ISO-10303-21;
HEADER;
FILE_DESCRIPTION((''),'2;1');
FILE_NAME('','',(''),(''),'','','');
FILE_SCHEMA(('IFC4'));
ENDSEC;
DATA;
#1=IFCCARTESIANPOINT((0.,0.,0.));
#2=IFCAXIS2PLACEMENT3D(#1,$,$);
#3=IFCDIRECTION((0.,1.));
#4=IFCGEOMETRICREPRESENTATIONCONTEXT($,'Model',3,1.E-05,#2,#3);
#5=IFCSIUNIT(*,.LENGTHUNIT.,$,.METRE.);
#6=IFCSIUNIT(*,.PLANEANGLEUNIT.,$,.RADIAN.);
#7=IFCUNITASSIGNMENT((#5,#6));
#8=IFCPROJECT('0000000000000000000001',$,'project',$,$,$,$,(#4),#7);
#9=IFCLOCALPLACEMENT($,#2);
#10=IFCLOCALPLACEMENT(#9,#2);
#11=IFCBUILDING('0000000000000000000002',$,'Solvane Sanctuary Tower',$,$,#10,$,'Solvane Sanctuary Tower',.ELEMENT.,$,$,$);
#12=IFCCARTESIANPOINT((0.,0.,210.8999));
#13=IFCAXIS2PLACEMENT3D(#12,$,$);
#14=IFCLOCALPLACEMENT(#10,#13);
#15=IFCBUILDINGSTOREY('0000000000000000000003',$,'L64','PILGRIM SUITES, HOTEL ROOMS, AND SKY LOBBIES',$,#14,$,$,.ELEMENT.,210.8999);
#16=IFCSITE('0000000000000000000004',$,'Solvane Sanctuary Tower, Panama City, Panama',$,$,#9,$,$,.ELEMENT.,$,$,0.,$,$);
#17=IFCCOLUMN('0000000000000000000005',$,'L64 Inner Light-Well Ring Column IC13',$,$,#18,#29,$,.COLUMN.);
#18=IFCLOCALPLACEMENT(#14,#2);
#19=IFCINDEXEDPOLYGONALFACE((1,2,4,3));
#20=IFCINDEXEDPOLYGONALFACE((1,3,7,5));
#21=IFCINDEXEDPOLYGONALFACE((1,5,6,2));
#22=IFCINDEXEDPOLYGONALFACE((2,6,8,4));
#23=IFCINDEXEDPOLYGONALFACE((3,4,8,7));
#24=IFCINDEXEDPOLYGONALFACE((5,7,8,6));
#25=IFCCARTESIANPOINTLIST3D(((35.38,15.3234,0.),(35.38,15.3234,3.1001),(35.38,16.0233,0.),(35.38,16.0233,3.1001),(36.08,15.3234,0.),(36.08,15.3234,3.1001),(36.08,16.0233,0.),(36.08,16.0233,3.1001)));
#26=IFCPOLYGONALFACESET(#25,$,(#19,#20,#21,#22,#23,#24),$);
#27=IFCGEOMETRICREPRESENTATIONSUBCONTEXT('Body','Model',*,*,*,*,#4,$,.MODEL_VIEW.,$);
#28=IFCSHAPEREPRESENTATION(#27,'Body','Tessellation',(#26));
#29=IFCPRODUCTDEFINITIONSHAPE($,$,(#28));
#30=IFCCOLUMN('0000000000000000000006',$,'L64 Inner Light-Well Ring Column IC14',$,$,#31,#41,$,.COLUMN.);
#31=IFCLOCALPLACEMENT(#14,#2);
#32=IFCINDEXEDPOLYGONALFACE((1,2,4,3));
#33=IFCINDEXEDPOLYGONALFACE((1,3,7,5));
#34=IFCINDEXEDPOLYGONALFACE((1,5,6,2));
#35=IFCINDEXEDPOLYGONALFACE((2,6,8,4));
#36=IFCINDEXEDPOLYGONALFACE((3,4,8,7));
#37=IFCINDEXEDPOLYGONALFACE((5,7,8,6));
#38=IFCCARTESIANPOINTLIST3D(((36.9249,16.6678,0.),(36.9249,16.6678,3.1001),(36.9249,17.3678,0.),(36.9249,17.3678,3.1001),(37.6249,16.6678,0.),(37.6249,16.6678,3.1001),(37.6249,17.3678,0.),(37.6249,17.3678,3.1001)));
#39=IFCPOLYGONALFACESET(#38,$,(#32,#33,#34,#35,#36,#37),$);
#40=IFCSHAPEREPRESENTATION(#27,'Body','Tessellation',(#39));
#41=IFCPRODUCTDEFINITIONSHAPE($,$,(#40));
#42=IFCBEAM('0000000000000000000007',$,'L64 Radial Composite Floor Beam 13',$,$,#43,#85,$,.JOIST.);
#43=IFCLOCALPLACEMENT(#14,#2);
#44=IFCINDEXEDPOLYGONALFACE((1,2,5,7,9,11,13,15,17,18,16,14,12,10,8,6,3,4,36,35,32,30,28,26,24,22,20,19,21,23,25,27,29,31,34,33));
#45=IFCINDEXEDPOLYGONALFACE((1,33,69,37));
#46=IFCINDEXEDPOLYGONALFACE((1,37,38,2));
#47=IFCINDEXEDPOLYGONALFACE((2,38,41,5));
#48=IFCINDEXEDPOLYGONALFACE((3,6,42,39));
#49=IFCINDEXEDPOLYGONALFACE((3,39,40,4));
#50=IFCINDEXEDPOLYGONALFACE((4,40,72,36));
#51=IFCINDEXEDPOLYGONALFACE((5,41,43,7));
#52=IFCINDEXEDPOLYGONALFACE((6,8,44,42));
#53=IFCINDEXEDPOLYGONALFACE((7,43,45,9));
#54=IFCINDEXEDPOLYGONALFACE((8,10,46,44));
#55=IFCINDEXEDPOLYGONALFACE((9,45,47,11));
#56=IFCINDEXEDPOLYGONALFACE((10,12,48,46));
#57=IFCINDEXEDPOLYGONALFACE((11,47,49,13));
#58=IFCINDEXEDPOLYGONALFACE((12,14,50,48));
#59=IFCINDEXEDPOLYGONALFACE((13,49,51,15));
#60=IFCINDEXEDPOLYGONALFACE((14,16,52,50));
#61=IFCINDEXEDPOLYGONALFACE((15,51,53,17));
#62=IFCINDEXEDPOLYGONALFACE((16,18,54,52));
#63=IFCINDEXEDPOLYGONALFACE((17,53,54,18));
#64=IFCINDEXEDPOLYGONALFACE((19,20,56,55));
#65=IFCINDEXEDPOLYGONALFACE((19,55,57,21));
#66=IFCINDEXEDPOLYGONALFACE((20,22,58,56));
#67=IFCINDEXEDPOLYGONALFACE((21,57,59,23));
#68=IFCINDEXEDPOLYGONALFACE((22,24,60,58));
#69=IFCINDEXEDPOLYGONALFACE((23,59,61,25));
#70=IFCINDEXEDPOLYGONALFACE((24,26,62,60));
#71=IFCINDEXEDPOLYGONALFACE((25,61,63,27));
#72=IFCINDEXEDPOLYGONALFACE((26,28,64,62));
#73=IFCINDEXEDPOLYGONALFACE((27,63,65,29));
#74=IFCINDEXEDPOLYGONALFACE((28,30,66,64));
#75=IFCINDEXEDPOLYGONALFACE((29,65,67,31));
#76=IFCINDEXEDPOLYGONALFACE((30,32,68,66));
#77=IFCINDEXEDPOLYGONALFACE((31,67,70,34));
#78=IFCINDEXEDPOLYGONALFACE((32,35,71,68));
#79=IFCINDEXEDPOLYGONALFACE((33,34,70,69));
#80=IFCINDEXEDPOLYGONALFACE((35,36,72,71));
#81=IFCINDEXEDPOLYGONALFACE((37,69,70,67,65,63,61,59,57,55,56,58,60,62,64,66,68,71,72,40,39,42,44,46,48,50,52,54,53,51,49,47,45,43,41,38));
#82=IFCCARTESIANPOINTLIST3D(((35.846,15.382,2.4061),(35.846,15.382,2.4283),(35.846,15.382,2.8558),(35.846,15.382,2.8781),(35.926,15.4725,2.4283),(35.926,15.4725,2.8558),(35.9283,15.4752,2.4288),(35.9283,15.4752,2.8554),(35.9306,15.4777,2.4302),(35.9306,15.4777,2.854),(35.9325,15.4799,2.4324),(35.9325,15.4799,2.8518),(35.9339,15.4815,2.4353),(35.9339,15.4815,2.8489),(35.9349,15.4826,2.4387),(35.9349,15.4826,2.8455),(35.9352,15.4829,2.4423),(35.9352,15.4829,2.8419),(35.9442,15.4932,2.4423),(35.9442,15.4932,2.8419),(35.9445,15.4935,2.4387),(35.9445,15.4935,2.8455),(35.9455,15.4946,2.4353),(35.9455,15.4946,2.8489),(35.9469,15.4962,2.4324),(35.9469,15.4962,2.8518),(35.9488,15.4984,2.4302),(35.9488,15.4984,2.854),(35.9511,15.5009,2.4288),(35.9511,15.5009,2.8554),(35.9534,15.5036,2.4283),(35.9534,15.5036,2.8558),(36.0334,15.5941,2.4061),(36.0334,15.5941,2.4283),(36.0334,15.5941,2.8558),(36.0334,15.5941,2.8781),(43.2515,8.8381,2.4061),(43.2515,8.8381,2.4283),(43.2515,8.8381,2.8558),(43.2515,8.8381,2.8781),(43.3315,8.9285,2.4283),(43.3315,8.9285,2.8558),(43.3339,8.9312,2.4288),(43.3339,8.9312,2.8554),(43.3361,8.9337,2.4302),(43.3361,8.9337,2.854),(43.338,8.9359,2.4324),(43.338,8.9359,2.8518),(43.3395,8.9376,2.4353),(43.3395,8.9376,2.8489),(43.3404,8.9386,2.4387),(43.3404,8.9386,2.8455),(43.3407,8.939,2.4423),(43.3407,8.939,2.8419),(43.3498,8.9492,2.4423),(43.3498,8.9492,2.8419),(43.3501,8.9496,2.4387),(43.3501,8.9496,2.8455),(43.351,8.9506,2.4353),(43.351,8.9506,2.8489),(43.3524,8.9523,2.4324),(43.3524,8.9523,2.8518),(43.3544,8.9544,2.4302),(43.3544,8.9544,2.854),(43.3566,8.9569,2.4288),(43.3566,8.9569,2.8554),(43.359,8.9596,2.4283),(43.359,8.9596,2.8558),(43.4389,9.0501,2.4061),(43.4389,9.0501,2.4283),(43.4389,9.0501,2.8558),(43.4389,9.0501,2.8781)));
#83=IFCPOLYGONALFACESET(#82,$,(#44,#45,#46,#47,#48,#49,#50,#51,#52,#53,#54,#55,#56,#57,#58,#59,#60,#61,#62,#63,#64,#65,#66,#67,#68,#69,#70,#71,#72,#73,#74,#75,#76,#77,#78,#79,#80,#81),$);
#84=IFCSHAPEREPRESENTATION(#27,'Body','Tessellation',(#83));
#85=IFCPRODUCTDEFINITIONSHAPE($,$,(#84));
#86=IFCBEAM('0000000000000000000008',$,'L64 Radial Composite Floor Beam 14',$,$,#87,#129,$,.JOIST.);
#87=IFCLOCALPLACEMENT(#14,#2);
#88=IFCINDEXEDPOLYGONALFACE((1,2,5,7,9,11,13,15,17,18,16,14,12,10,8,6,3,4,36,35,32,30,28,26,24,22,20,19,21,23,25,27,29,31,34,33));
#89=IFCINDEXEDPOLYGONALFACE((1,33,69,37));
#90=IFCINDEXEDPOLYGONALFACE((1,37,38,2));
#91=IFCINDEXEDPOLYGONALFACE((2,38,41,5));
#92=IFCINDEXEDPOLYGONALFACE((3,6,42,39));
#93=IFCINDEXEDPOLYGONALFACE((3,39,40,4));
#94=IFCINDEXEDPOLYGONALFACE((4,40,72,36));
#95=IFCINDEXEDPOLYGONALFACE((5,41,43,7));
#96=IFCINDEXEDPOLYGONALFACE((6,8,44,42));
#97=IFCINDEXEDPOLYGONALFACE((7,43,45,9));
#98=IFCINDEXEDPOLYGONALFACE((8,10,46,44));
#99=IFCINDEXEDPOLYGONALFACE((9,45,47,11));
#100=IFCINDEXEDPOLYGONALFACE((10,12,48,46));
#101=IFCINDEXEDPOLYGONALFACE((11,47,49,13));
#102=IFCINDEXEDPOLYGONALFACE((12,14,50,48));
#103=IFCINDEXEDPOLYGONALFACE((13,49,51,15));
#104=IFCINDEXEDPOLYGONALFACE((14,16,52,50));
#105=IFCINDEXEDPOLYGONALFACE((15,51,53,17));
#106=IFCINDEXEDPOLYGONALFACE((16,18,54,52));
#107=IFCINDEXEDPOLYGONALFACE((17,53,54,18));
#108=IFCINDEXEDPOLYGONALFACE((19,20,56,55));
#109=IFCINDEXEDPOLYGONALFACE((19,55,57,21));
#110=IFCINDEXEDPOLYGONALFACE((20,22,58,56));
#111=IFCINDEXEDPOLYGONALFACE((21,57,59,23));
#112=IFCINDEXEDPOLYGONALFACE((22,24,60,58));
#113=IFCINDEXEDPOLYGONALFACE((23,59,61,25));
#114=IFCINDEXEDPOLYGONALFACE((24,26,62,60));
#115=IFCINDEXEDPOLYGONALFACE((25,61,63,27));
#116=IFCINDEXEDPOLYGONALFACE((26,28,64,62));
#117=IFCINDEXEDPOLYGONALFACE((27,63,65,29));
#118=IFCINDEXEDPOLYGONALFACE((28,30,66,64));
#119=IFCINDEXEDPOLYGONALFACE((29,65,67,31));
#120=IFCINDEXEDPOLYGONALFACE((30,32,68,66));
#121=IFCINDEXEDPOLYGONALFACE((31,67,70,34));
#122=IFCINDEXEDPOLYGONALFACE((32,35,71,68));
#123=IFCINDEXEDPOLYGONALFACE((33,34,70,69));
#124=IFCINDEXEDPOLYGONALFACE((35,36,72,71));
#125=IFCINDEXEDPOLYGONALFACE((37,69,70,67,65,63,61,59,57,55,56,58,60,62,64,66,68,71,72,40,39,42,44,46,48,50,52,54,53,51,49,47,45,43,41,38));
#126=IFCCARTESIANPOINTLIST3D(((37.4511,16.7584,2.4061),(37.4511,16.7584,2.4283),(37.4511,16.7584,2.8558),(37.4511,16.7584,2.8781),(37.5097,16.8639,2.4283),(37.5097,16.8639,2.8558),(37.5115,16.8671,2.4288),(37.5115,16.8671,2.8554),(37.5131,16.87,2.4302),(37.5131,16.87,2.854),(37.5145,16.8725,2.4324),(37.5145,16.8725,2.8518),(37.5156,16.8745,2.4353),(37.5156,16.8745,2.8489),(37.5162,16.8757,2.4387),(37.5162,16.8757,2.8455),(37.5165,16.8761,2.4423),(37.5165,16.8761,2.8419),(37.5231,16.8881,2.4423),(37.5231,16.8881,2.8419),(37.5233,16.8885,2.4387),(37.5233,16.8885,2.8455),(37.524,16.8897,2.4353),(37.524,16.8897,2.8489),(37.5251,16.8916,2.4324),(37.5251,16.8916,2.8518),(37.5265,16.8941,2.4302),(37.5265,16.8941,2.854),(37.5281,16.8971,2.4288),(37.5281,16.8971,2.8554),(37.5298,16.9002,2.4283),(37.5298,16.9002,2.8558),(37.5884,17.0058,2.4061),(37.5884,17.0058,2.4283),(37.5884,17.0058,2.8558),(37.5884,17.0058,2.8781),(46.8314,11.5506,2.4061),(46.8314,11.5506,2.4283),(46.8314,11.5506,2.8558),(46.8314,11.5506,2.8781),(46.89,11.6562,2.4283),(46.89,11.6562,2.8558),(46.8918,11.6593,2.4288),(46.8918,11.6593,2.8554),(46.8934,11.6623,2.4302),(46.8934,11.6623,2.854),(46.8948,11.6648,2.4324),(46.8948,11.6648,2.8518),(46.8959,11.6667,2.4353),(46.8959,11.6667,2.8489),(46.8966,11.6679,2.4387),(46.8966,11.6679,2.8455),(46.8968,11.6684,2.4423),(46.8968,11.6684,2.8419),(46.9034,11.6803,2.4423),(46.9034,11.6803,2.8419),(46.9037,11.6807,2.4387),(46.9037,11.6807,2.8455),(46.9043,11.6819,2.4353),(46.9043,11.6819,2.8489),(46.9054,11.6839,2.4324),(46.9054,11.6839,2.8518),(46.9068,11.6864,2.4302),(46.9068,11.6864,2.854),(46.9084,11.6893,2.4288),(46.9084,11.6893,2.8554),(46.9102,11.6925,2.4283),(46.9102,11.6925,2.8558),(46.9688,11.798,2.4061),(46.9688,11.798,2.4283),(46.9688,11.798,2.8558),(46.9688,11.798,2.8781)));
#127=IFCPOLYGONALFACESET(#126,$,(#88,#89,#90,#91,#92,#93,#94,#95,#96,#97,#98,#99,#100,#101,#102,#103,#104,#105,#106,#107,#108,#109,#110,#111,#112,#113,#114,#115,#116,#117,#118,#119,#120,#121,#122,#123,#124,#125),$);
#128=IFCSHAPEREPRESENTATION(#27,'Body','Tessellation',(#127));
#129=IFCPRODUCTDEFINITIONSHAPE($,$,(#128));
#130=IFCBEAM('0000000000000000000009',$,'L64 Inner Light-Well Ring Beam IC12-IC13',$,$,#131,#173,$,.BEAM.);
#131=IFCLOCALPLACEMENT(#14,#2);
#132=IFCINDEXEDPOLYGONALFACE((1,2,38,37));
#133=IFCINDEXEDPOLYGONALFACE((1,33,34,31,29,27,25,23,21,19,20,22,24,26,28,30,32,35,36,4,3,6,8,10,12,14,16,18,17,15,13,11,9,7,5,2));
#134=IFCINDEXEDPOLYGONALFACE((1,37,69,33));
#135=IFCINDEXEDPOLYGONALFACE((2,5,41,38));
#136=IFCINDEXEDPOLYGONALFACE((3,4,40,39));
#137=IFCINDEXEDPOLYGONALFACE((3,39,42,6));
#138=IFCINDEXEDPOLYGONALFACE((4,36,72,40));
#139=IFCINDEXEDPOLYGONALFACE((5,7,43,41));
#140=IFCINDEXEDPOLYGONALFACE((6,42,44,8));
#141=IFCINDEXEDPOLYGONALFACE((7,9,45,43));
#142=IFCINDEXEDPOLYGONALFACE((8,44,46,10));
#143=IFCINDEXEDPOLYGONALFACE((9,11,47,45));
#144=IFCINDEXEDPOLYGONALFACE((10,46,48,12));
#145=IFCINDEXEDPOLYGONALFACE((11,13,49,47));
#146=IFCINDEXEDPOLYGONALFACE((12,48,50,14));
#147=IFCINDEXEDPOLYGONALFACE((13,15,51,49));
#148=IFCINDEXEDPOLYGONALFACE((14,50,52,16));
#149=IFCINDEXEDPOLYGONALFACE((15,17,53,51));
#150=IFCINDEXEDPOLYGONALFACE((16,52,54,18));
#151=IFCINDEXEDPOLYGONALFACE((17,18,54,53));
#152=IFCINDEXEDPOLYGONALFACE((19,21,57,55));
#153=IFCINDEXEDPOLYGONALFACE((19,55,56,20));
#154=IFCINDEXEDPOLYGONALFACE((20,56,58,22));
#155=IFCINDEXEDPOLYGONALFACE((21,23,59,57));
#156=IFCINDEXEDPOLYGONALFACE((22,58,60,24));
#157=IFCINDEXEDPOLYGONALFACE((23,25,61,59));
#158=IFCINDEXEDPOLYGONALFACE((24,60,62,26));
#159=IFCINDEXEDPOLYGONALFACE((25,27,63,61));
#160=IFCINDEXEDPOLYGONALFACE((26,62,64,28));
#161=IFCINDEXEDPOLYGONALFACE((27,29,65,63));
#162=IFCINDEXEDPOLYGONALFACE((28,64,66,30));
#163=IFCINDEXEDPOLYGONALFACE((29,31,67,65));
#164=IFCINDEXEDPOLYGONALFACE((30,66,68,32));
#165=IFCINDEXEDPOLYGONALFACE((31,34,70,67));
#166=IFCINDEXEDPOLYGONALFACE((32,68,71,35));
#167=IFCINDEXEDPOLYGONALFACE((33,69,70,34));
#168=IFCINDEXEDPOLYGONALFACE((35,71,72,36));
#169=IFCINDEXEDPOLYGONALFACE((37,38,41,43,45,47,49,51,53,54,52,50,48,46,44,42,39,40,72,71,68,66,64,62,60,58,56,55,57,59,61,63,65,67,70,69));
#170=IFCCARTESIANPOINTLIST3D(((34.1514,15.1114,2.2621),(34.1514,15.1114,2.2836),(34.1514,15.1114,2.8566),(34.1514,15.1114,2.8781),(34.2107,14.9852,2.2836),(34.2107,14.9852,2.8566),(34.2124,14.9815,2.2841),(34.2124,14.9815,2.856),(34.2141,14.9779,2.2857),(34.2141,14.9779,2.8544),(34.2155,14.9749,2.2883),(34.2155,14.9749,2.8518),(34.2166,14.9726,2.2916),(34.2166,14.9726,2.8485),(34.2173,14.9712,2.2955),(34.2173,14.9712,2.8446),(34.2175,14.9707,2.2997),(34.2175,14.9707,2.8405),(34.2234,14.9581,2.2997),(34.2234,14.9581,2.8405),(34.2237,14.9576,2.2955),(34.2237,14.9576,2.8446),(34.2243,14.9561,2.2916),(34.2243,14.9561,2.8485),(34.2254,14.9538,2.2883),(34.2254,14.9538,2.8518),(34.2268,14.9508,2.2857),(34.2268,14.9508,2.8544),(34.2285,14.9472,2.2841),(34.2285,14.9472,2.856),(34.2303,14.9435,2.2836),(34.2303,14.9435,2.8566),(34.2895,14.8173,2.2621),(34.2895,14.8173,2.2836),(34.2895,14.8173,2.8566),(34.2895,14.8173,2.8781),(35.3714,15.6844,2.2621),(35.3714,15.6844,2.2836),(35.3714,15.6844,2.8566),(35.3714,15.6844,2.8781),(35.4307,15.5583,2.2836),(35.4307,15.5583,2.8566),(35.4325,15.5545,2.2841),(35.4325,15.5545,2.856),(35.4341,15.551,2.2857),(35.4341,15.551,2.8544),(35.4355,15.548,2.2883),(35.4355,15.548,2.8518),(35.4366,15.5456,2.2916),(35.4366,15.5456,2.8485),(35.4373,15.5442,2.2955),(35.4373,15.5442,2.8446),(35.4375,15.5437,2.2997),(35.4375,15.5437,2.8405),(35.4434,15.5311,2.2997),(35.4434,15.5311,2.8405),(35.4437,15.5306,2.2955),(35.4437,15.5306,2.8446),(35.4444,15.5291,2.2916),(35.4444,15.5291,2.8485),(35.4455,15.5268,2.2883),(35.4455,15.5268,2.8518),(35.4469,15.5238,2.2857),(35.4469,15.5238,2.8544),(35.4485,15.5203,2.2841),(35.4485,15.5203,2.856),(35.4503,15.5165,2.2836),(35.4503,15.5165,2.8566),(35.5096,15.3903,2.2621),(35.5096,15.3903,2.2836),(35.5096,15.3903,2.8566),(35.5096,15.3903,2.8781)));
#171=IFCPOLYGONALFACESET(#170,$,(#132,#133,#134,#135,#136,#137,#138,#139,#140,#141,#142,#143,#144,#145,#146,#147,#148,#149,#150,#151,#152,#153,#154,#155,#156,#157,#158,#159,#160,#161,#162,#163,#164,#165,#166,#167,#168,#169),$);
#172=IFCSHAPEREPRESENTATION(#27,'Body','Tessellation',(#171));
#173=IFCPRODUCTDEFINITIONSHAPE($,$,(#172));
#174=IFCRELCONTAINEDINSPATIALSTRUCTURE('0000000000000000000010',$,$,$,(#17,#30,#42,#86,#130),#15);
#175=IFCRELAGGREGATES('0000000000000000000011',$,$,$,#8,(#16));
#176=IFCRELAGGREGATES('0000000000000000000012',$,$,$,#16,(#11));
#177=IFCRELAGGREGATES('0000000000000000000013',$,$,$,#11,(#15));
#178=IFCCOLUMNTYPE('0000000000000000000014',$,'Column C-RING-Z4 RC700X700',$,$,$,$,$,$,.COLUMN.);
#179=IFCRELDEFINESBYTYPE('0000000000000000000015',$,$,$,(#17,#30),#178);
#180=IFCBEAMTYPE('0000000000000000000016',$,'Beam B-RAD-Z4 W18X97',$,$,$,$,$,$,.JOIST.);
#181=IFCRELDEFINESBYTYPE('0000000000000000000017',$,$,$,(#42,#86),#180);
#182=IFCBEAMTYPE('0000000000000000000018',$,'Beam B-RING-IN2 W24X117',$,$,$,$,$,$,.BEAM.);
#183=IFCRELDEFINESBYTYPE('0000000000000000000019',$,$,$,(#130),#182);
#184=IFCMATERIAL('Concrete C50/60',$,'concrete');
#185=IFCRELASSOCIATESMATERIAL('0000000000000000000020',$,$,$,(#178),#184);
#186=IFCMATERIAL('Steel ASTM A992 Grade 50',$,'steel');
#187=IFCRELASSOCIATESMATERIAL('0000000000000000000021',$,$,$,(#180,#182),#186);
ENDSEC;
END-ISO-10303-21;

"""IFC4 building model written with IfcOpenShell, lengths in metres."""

from ifc_helpers import new_model, si_unit, direction, frame, origin, origin_2d, place, context, subcontext, project, spatial, rectangle, i_section, extrude, material, material_profile, profile_set, type_object, element, save


model = new_model("IFC4")

# Units and contexts
model_context = context("Model", 3, precision=1e-05, world=origin(), true_north=direction((0.0, 1.0)))
body_context = subcontext(model_context, "Body", "Model", "MODEL_VIEW")
ifc_project = project(units=[si_unit("LENGTHUNIT", "METRE"), si_unit("PLANEANGLEUNIT", "RADIAN")], contexts=[model_context])

# Site, building, storey
site_placement = place(None, origin())
site = spatial("IfcSite", under=ifc_project, at=site_placement, Name="Solvane Sanctuary Tower, Panama City, Panama", CompositionType="ELEMENT", RefElevation=0.0)
building_placement = place(site_placement, origin())
building = spatial("IfcBuilding", under=site, at=building_placement, Name="Solvane Sanctuary Tower", LongName="Solvane Sanctuary Tower", CompositionType="ELEMENT")
storey_placement = place(building_placement, frame((0.0, 0.0, 210.8999)))
storey = spatial("IfcBuildingStorey", under=building, at=storey_placement, Name="L64", Description="PILGRIM SUITES, HOTEL ROOMS, AND SKY LOBBIES", CompositionType="ELEMENT", Elevation=210.8999)

# Columns
ifc_material_1 = material(Name="Concrete C50/60", Category="concrete")
ifc_material_profile_1 = material_profile(ifc_material_1, rectangle(XDim=0.7, YDim=0.7, at=origin_2d()), Name="RC700X700")
ifc_profile_set_1 = profile_set([ifc_material_profile_1], Name="Concrete C50/60")
column_type = type_object("IfcColumnType", Name="Column C-RING-Z4 RC700X700", PredefinedType="COLUMN", material=ifc_profile_set_1)
for number, where, z_axis, x_axis, name in (
    (1, (35.73, 15.6733, 0.0), (0.0, 0.0, 1.0), (1.0, 0.0, 0.0), "L64 Inner Light-Well Ring Column IC13"),
    (2, (37.2749, 17.0178, 0.0), (0.0, 0.0, 1.0), (1.0, 0.0, 0.0), "L64 Inner Light-Well Ring Column IC14"),
):
    element("IfcColumn", number, at=place(storey_placement, frame(where, z_axis=z_axis, x_axis=x_axis)), inside=storey, type_object=column_type, Name=name, PredefinedType="COLUMN", context=body_context, shape_type="SweptSolid", body=[
        extrude(rectangle(XDim=0.7, YDim=0.7, at=origin_2d()), origin(), (0.0, 0.0, 1.0), 3.1001),
    ])

# Beams
ifc_material_2 = material(Name="Steel ASTM A992 Grade 50", Category="steel")
ifc_material_profile_2 = material_profile(ifc_material_2, i_section(OverallWidth=0.283, OverallDepth=0.4719, WebThickness=0.0137, FlangeThickness=0.0222, FilletRadius=0.0139, at=origin_2d()), Name="W18X97")
ifc_profile_set_2 = profile_set([ifc_material_profile_2], Name="Steel ASTM A992 Grade 50")
beam_type_1 = type_object("IfcBeamType", Name="Beam B-RAD-Z4 W18X97", PredefinedType="JOIST", material=ifc_profile_set_2)
beam_1_placement = place(storey_placement, frame((35.9397, 15.488, 2.6421), z_axis=(0.749352, -0.662171, 0.0), x_axis=(0.662171, 0.749352, 0.0)))
element("IfcBeam", 3, at=beam_1_placement, inside=storey, type_object=beam_type_1, Name="L64 Radial Composite Floor Beam 13", PredefinedType="JOIST", context=body_context, shape_type="SweptSolid", body=[
    extrude(i_section(OverallWidth=0.283, OverallDepth=0.4719, WebThickness=0.0137, FlangeThickness=0.0222, FilletRadius=0.0139, at=origin_2d()), origin(), (0.0, 0.0, 1.0), 9.8826),
])
beam_2_placement = place(storey_placement, frame((37.5198, 16.8821, 2.6421), z_axis=(0.874298, -0.48539, 0.0), x_axis=(0.48539, 0.874298, 0.0)))
element("IfcBeam", 4, at=beam_2_placement, inside=storey, type_object=beam_type_1, Name="L64 Radial Composite Floor Beam 14", PredefinedType="JOIST", context=body_context, shape_type="SweptSolid", body=[
    extrude(i_section(OverallWidth=0.283, OverallDepth=0.4719, WebThickness=0.0137, FlangeThickness=0.0222, FilletRadius=0.0139, at=origin_2d()), origin(), (0.0, 0.0, 1.0), 10.729),
])
ifc_material_profile_3 = material_profile(ifc_material_2, i_section(OverallWidth=0.325, OverallDepth=0.616, WebThickness=0.0139, FlangeThickness=0.0215, FilletRadius=0.0161, at=origin_2d()), Name="W24X117")
ifc_profile_set_3 = profile_set([ifc_material_profile_3], Name="Steel ASTM A992 Grade 50")
beam_type_2 = type_object("IfcBeamType", Name="Beam B-RING-IN2 W24X117", PredefinedType="BEAM", material=ifc_profile_set_3)
beam_3_placement = place(storey_placement, frame((34.2205, 14.9644, 2.5701), z_axis=(0.905135, 0.425125, 0.0), x_axis=(-0.425125, 0.905135, 0.0)))
element("IfcBeam", 5, at=beam_3_placement, inside=storey, type_object=beam_type_2, Name="L64 Inner Light-Well Ring Beam IC12-IC13", PredefinedType="BEAM", context=body_context, shape_type="SweptSolid", body=[
    extrude(i_section(OverallWidth=0.325, OverallDepth=0.616, WebThickness=0.0139, FlangeThickness=0.0215, FilletRadius=0.0161, at=origin_2d()), origin(), (0.0, 0.0, 1.0), 1.3479),
])

save(model, "model.ifc")
